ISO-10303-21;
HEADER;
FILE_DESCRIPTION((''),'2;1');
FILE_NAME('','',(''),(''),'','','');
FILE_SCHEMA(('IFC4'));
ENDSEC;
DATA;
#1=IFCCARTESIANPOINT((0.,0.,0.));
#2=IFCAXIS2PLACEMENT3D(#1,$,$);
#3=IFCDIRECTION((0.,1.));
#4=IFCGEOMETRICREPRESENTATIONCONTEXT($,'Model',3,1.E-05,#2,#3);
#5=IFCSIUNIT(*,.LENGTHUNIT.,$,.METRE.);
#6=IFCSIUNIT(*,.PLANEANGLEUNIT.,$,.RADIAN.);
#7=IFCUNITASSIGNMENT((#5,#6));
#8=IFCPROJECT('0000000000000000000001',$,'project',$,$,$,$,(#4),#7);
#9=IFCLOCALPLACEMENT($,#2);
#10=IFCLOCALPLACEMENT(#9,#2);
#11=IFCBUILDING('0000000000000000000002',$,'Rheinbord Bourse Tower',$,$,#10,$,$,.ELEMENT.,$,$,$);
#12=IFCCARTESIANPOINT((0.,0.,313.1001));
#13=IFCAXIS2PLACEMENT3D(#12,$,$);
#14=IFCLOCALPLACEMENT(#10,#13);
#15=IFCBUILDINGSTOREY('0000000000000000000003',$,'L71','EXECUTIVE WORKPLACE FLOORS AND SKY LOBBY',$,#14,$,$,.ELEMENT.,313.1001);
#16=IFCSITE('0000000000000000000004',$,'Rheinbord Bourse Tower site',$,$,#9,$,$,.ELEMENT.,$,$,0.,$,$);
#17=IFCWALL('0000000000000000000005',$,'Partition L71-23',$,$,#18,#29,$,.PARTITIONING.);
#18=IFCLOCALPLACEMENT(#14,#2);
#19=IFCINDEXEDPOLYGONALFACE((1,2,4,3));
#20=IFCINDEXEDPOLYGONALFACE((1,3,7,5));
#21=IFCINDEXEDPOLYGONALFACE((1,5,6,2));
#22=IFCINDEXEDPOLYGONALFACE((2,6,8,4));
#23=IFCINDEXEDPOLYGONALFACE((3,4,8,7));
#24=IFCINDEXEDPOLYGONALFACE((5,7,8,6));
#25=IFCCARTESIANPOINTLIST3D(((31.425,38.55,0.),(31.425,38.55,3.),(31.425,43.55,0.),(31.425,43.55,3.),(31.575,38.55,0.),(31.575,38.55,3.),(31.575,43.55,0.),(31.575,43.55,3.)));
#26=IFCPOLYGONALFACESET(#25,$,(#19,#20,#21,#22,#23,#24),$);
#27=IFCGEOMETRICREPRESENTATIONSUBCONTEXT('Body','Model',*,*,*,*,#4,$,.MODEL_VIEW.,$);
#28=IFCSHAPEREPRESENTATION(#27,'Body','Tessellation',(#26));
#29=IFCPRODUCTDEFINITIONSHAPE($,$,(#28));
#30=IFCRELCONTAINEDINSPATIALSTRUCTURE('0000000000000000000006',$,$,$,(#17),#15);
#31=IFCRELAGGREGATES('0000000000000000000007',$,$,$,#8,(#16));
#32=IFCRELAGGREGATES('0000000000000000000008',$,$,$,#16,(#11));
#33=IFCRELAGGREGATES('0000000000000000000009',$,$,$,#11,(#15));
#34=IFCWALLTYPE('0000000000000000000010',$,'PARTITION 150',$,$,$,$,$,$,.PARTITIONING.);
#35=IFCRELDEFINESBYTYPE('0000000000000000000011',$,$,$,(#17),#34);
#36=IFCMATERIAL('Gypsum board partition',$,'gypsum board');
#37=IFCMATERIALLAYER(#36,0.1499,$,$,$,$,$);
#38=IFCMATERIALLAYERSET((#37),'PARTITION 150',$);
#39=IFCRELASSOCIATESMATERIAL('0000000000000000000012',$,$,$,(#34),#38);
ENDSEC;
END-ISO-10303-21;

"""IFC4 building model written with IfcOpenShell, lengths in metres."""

from ifc_helpers import new_model, si_unit, direction, frame, frame_2d, origin, place, context, subcontext, project, spatial, rectangle, extrude, material, layer, layer_set, type_object, element, save


model = new_model("IFC4")

# Units and contexts
model_context = context("Model", 3, precision=1e-05, world=origin(), true_north=direction((0.0, 1.0)))
body_context = subcontext(model_context, "Body", "Model", "MODEL_VIEW")
ifc_project = project(units=[si_unit("LENGTHUNIT", "METRE"), si_unit("PLANEANGLEUNIT", "RADIAN")], contexts=[model_context])

# Site, building, storey
site_placement = place(None, origin())
site = spatial("IfcSite", under=ifc_project, at=site_placement, Name="Rheinbord Bourse Tower site", CompositionType="ELEMENT", RefElevation=0.0)
building_placement = place(site_placement, origin())
building = spatial("IfcBuilding", under=site, at=building_placement, Name="Rheinbord Bourse Tower", CompositionType="ELEMENT")
storey_placement = place(building_placement, frame((0.0, 0.0, 313.1001)))
storey = spatial("IfcBuildingStorey", under=building, at=storey_placement, Name="L71", Description="EXECUTIVE WORKPLACE FLOORS AND SKY LOBBY", CompositionType="ELEMENT", Elevation=313.1001)

# Wall
ifc_material_1 = material(Name="Gypsum board partition", Category="gypsum board")
ifc_layer_1 = layer(ifc_material_1, 0.1499)
ifc_layer_set_1 = layer_set([ifc_layer_1], Name="PARTITION 150")
wall_type = type_object("IfcWallType", Name="PARTITION 150", PredefinedType="PARTITIONING", material=ifc_layer_set_1)
wall_placement = place(storey_placement, frame((31.5, 38.55, 0.0), z_axis=(0.0, 0.0, 1.0), x_axis=(0.0, 1.0, 0.0)))
element("IfcWall", 1, at=wall_placement, inside=storey, type_object=wall_type, Name="Partition L71-23", PredefinedType="PARTITIONING", context=body_context, shape_type="SweptSolid", body=[
    extrude(rectangle(XDim=5.0, YDim=0.1499, at=frame_2d((2.5, 0.0))), origin(), (0.0, 0.0, 1.0), 3.0),
])

save(model, "model.ifc")
